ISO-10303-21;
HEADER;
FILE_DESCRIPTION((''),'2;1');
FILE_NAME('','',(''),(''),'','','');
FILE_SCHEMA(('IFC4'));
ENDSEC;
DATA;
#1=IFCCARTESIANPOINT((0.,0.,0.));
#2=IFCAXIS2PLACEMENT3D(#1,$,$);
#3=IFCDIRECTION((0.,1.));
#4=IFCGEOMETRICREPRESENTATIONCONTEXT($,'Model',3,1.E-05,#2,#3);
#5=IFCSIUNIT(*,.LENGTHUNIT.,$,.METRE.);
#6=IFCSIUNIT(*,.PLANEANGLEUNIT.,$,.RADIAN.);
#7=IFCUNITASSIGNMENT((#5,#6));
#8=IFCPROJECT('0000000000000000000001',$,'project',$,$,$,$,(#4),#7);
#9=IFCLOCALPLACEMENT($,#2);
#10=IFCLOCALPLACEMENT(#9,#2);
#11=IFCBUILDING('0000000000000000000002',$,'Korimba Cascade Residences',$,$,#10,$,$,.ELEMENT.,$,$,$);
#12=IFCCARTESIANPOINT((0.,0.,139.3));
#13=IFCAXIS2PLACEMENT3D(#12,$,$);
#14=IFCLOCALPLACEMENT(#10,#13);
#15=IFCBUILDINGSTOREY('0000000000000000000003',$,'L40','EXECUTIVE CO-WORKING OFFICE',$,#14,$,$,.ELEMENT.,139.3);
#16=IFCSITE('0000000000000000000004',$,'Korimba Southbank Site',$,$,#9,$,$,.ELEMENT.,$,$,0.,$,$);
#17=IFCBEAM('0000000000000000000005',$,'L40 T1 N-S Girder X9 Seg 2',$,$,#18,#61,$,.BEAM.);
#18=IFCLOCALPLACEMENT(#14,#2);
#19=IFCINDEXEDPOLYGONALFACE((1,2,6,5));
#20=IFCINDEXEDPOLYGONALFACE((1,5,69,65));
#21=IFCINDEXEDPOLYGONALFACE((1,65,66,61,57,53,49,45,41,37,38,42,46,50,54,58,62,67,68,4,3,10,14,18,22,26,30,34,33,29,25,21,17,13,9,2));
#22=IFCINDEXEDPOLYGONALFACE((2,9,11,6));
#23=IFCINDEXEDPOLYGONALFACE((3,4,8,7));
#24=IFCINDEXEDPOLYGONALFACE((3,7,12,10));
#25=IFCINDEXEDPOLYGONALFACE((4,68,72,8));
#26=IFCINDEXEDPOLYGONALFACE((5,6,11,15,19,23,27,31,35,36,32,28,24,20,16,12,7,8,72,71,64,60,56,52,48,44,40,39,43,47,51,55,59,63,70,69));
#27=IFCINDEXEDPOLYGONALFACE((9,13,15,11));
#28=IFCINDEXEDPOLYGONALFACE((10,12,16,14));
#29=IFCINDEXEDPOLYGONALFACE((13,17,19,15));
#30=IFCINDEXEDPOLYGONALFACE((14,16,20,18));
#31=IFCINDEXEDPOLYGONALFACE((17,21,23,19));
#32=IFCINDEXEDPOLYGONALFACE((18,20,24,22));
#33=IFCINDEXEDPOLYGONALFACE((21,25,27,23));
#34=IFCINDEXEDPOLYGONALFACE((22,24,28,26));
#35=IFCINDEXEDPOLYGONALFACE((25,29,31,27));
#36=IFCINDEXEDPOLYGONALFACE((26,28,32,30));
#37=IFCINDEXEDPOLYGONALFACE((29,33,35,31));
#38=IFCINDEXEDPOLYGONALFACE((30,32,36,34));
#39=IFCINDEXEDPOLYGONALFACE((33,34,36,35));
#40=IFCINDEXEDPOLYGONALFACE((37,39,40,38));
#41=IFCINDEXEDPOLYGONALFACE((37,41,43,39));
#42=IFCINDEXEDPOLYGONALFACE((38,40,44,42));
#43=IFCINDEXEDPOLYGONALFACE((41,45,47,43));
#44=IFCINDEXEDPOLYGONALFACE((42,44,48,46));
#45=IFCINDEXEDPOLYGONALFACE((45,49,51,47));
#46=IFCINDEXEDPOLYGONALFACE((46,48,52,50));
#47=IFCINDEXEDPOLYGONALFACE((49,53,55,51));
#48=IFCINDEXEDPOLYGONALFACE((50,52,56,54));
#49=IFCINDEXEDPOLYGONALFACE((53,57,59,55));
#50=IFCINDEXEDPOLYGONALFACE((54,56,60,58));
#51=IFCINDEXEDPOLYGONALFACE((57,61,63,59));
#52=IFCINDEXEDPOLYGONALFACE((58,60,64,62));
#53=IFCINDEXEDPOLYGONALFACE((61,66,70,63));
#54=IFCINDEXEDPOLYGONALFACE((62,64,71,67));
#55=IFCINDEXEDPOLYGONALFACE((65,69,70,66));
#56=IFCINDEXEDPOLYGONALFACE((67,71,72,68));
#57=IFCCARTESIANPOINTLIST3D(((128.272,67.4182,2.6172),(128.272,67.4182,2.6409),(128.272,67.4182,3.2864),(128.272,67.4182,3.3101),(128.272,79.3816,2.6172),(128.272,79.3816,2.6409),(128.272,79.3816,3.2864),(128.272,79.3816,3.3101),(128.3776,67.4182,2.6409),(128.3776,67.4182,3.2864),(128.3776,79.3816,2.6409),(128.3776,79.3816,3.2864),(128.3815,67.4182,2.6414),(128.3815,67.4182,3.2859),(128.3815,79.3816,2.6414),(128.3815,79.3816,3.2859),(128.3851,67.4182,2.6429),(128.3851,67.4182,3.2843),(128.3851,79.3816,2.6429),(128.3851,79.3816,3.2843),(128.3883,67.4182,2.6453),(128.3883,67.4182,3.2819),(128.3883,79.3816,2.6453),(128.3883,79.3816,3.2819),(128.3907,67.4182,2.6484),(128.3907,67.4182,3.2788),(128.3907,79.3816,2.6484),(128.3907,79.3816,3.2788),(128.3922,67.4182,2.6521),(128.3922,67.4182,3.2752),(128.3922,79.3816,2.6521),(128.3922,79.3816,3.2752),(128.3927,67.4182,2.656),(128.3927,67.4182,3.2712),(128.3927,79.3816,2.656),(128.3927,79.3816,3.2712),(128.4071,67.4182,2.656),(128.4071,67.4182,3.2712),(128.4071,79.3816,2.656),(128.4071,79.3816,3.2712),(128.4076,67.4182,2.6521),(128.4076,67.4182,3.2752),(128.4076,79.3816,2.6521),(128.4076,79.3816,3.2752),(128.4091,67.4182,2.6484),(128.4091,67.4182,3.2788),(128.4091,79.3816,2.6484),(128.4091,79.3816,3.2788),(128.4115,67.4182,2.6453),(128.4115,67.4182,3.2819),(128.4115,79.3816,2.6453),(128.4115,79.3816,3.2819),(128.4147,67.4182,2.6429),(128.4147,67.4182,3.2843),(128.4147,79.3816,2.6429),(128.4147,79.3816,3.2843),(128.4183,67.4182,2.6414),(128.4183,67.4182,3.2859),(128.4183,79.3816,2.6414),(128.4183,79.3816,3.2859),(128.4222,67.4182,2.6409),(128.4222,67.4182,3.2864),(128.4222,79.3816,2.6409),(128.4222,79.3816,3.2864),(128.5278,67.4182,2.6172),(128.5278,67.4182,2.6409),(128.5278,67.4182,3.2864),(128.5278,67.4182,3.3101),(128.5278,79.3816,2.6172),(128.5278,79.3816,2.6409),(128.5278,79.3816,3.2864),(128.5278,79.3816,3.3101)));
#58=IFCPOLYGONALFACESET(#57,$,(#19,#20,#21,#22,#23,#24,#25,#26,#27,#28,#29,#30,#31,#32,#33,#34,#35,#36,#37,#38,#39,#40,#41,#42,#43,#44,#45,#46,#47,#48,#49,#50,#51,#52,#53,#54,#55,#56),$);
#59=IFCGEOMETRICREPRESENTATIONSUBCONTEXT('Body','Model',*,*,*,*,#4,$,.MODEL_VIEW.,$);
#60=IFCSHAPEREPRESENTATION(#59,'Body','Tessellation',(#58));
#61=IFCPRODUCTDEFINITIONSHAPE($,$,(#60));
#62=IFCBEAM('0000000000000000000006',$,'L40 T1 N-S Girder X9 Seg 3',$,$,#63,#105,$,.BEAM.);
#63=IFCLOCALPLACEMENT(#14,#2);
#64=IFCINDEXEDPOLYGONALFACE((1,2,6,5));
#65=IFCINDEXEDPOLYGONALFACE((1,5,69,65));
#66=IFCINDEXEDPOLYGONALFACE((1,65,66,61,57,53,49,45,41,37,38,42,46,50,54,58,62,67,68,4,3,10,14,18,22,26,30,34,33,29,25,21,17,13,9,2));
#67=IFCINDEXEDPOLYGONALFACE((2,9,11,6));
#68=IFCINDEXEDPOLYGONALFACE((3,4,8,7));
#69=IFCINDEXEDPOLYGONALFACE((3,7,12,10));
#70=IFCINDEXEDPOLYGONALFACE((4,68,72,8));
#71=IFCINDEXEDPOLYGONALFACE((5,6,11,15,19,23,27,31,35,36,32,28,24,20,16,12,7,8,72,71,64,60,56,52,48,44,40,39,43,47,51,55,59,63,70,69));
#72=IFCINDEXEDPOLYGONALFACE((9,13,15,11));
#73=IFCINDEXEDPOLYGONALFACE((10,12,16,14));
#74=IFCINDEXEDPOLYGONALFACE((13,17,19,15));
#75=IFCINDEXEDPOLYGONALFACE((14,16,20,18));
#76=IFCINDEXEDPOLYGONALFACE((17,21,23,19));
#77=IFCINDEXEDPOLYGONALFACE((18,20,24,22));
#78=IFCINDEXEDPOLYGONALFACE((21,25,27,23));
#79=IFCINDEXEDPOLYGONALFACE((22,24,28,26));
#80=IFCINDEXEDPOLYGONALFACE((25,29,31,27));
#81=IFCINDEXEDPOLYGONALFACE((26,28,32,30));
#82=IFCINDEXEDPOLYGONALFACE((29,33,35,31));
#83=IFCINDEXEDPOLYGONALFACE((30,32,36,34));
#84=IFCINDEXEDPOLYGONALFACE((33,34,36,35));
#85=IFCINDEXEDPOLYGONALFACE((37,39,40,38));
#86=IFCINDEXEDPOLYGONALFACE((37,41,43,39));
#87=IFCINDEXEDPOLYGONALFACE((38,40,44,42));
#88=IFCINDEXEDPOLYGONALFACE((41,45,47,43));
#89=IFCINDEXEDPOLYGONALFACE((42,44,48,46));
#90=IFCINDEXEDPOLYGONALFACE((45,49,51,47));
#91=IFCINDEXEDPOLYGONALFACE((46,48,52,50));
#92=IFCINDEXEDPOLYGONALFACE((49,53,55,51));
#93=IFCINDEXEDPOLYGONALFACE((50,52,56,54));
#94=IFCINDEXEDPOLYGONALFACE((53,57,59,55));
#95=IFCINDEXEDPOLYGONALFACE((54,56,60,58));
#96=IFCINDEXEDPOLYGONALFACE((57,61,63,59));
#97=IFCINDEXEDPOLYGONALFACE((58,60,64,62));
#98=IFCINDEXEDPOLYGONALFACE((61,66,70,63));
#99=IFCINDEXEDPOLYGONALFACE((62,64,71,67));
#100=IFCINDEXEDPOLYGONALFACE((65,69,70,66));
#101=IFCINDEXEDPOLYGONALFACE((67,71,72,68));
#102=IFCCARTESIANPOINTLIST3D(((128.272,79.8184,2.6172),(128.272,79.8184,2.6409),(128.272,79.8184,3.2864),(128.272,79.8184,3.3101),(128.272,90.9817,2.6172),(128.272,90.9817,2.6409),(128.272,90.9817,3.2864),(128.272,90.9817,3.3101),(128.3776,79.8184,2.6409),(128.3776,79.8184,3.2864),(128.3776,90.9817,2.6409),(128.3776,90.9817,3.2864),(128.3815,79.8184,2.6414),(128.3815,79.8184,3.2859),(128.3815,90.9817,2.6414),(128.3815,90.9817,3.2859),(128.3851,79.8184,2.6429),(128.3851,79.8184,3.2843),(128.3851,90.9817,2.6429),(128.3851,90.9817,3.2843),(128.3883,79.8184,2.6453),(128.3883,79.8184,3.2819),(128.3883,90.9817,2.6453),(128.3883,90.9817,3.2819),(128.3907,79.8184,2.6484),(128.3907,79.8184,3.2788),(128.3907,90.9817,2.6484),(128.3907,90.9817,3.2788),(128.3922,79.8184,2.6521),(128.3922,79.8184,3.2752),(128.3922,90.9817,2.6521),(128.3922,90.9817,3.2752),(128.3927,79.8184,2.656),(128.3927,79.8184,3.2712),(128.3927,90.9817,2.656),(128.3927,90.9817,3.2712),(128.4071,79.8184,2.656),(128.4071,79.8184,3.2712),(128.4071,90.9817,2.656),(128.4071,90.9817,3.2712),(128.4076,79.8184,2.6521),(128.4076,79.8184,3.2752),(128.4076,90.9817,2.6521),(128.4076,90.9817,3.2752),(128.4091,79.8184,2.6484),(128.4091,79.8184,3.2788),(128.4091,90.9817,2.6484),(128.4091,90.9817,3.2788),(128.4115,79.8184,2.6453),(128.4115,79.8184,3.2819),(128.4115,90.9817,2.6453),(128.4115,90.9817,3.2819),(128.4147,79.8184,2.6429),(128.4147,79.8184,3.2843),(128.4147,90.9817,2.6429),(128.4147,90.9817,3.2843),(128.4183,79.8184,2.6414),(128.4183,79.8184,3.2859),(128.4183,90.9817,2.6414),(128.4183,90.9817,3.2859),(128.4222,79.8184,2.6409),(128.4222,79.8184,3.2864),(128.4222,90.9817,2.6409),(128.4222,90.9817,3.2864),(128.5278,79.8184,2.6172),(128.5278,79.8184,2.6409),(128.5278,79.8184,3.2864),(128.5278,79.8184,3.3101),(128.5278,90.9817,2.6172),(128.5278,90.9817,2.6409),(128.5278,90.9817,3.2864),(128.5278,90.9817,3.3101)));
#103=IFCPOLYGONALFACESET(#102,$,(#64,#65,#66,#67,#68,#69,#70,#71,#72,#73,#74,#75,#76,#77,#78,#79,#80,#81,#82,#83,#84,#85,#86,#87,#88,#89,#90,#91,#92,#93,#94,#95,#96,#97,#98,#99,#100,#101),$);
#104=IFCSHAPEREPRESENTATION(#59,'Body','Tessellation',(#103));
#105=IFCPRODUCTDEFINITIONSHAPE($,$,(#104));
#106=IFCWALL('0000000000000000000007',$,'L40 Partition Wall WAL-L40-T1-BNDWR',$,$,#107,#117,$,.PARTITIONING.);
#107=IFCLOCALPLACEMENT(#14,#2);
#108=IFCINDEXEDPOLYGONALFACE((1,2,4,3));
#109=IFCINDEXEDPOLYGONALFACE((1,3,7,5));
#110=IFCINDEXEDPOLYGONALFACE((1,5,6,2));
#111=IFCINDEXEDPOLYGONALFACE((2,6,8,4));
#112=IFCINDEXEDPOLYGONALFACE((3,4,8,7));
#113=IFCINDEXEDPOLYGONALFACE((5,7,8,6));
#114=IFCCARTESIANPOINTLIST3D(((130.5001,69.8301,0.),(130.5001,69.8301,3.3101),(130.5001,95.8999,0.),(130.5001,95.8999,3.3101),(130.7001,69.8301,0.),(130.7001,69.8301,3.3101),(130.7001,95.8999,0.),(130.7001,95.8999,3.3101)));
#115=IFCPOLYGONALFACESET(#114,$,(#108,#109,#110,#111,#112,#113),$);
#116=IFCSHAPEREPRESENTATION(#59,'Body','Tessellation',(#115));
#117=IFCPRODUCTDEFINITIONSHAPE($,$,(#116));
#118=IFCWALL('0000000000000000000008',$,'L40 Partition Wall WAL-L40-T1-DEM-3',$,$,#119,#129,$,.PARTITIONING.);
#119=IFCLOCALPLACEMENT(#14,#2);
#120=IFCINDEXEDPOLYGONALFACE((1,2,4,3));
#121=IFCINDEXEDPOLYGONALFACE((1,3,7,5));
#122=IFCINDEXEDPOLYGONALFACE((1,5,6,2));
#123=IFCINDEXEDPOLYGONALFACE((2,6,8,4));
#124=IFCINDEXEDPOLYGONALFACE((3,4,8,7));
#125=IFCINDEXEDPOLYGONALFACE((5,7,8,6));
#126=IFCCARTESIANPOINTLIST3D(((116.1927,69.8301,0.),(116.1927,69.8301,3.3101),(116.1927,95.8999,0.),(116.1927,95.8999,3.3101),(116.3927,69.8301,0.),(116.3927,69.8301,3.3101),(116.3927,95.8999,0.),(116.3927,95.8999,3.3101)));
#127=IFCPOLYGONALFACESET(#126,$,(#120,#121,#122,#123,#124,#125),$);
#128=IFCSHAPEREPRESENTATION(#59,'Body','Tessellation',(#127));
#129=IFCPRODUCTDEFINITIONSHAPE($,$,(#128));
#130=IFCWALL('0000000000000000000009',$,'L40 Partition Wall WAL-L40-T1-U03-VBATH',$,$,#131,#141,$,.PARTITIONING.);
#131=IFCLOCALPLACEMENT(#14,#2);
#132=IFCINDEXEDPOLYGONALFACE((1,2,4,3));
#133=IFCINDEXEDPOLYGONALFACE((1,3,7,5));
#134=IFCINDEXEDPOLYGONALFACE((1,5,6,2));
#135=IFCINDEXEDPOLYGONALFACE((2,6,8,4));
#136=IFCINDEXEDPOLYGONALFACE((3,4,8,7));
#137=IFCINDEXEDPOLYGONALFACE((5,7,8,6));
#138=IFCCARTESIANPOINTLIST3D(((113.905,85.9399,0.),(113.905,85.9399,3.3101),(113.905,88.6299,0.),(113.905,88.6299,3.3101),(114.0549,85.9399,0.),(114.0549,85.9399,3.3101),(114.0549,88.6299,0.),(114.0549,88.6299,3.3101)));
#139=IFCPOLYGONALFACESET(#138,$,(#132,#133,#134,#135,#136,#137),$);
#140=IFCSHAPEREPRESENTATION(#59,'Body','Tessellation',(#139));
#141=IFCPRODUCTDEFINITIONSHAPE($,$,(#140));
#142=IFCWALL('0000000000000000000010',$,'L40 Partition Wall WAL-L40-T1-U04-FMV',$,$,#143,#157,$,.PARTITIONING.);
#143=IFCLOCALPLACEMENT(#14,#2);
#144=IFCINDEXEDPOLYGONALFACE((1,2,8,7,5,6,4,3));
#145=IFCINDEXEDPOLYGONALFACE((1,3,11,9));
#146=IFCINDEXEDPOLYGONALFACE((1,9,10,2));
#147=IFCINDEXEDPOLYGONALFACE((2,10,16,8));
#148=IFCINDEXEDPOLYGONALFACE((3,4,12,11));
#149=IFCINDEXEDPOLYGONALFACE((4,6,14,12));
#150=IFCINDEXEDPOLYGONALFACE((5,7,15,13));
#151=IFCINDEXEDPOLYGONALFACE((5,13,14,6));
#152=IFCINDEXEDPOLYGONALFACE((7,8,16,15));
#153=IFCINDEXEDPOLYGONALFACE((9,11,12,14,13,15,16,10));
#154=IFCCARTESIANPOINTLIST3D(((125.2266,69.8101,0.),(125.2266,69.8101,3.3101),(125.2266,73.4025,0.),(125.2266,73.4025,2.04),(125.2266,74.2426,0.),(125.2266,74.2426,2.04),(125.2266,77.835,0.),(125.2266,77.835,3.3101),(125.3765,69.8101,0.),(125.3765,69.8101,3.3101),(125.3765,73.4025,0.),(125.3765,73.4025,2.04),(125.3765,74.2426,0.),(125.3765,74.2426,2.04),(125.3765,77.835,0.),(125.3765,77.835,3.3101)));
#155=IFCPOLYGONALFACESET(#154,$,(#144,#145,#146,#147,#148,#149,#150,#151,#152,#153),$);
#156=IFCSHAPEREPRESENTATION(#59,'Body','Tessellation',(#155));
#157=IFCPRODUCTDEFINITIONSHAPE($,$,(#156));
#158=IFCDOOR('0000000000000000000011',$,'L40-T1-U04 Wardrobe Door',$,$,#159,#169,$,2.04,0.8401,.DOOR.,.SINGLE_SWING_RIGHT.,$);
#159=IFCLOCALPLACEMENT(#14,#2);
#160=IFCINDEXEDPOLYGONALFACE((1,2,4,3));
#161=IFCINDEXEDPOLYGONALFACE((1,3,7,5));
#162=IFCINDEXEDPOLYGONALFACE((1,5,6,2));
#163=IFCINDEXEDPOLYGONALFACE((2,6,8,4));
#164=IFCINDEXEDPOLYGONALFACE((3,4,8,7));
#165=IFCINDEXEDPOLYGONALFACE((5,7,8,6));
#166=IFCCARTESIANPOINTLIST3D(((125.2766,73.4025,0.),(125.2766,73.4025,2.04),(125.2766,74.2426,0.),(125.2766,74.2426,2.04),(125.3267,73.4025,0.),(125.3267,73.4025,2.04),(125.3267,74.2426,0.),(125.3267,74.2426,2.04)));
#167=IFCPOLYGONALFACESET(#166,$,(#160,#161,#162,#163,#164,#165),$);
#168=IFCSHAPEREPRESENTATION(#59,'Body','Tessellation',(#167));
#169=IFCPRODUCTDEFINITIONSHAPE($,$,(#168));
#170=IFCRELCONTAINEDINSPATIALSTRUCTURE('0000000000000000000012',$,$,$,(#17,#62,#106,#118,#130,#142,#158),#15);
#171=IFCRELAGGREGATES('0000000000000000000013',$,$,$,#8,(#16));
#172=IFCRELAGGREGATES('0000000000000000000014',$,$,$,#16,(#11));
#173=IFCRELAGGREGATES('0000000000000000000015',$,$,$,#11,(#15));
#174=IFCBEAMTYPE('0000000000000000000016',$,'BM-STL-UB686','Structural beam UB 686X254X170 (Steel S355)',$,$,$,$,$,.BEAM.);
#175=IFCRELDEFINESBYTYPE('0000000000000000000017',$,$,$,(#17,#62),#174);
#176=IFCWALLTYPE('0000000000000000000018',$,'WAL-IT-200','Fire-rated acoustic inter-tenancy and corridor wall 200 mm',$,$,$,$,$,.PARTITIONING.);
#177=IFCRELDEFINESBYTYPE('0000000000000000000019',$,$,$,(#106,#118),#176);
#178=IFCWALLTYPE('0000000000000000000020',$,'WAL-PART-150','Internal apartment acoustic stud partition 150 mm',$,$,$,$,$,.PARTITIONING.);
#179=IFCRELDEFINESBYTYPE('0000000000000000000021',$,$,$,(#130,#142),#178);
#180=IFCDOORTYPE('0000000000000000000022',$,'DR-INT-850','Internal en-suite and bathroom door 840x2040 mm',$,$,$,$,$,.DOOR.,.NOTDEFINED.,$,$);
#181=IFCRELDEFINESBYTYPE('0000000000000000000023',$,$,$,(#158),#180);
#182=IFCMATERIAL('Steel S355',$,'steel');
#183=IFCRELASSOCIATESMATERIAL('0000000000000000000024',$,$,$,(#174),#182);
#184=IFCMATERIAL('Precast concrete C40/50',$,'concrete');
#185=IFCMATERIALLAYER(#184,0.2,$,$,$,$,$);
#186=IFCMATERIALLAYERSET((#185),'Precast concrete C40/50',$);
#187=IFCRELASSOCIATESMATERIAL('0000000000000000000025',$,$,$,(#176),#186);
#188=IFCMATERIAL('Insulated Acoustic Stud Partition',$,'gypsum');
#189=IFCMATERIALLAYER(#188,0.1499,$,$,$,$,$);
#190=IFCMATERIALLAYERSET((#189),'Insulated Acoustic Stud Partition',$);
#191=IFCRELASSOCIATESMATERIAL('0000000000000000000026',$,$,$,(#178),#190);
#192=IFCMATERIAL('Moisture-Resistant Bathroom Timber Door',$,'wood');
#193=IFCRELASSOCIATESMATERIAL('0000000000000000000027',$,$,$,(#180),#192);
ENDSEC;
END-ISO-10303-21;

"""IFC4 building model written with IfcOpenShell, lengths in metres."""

from ifc_helpers import new_model, si_unit, direction, frame, frame_2d, origin, origin_2d, place, context, subcontext, project, spatial, rectangle, i_section, extrude, material, layer, layer_set, material_profile, profile_set, type_object, element, fill, save


model = new_model("IFC4")

# Units and contexts
model_context = context("Model", 3, precision=1e-05, world=origin(), true_north=direction((0.0, 1.0)))
body_context = subcontext(model_context, "Body", "Model", "MODEL_VIEW")
ifc_project = project(units=[si_unit("LENGTHUNIT", "METRE"), si_unit("PLANEANGLEUNIT", "RADIAN")], contexts=[model_context])

# Site, building, storey
site_placement = place(None, origin())
site = spatial("IfcSite", under=ifc_project, at=site_placement, Name="Korimba Southbank Site", CompositionType="ELEMENT", RefElevation=0.0)
building_placement = place(site_placement, origin())
building = spatial("IfcBuilding", under=site, at=building_placement, Name="Korimba Cascade Residences", CompositionType="ELEMENT")
storey_placement = place(building_placement, frame((0.0, 0.0, 139.3)))
storey = spatial("IfcBuildingStorey", under=building, at=storey_placement, Name="L40", Description="EXECUTIVE CO-WORKING OFFICE", CompositionType="ELEMENT", Elevation=139.3)

# Beams
ifc_material_1 = material(Name="Steel S355", Category="steel")
ifc_material_profile_1 = material_profile(ifc_material_1, i_section(OverallWidth=0.2559, OverallDepth=0.6929, WebThickness=0.0144, FlangeThickness=0.0237, FilletRadius=0.0151, at=origin_2d()), Name="Steel S355")
ifc_profile_set_1 = profile_set([ifc_material_profile_1], Name="Steel S355")
beam_type_1 = type_object("IfcBeamType", Name="BM-STL-UB686", Description="Structural beam UB 686X254X170 (Steel S355)", PredefinedType="BEAM", material=ifc_profile_set_1)
beam_1_placement = place(storey_placement, frame((128.3999, 67.4182, 2.9636), z_axis=(0.0, 1.0, 0.0), x_axis=(-1.0, 0.0, 0.0)))
element("IfcBeam", 1, at=beam_1_placement, inside=storey, type_object=beam_type_1, Name="L40 T1 N-S Girder X9 Seg 2", PredefinedType="BEAM", context=body_context, shape_type="SweptSolid", body=[
    extrude(i_section(OverallWidth=0.2559, OverallDepth=0.6929, WebThickness=0.0144, FlangeThickness=0.0237, FilletRadius=0.0151, at=origin_2d()), origin(), (0.0, 0.0, 1.0), 11.9634),
])
beam_2_placement = place(storey_placement, frame((128.3999, 79.8184, 2.9636), z_axis=(0.0, 1.0, 0.0), x_axis=(-1.0, 0.0, 0.0)))
element("IfcBeam", 2, at=beam_2_placement, inside=storey, type_object=beam_type_1, Name="L40 T1 N-S Girder X9 Seg 3", PredefinedType="BEAM", context=body_context, shape_type="SweptSolid", body=[
    extrude(i_section(OverallWidth=0.2559, OverallDepth=0.6929, WebThickness=0.0144, FlangeThickness=0.0237, FilletRadius=0.0151, at=origin_2d()), origin(), (0.0, 0.0, 1.0), 11.1633),
])

# Walls
ifc_material_2 = material(Name="Precast concrete C40/50", Category="concrete")
ifc_layer_1 = layer(ifc_material_2, 0.2)
ifc_layer_set_1 = layer_set([ifc_layer_1], Name="Precast concrete C40/50")
wall_type_1 = type_object("IfcWallType", Name="WAL-IT-200", Description="Fire-rated acoustic inter-tenancy and corridor wall 200 mm", PredefinedType="PARTITIONING", material=ifc_layer_set_1)
for number, where, z_axis, x_axis, name in (
    (3, (130.6001, 69.8301, 0.0), (0.0, 0.0, 1.0), (0.0, 1.0, 0.0), "L40 Partition Wall WAL-L40-T1-BNDWR"),
    (4, (116.2927, 69.8301, 0.0), (0.0, 0.0, 1.0), (0.0, 1.0, 0.0), "L40 Partition Wall WAL-L40-T1-DEM-3"),
):
    element("IfcWall", number, at=place(storey_placement, frame(where, z_axis=z_axis, x_axis=x_axis)), inside=storey, type_object=wall_type_1, Name=name, PredefinedType="PARTITIONING", context=body_context, shape_type="SweptSolid", body=[
        extrude(rectangle(XDim=26.0698, YDim=0.2, at=frame_2d((13.0349, 0.0))), origin(), (0.0, 0.0, 1.0), 3.3101),
    ])
ifc_material_3 = material(Name="Insulated Acoustic Stud Partition", Category="gypsum")
ifc_layer_2 = layer(ifc_material_3, 0.1499)
ifc_layer_set_2 = layer_set([ifc_layer_2], Name="Insulated Acoustic Stud Partition")
wall_type_2 = type_object("IfcWallType", Name="WAL-PART-150", Description="Internal apartment acoustic stud partition 150 mm", PredefinedType="PARTITIONING", material=ifc_layer_set_2)
wall_1_placement = place(storey_placement, frame((113.98, 85.9399, 0.0), z_axis=(0.0, 0.0, 1.0), x_axis=(0.0, 1.0, 0.0)))
element("IfcWall", 5, at=wall_1_placement, inside=storey, type_object=wall_type_2, Name="L40 Partition Wall WAL-L40-T1-U03-VBATH", PredefinedType="PARTITIONING", context=body_context, shape_type="SweptSolid", body=[
    extrude(rectangle(XDim=2.6899, YDim=0.1499, at=frame_2d((1.345, 0.0))), origin(), (0.0, 0.0, 1.0), 3.3101),
])

# Wall, opening, door
wall_2_placement = place(storey_placement, frame((125.3015, 69.8101, 0.0), z_axis=(0.0, 0.0, 1.0), x_axis=(0.0, 1.0, 0.0)))
wall_2 = element("IfcWall", 6, at=wall_2_placement, inside=storey, type_object=wall_type_2, Name="L40 Partition Wall WAL-L40-T1-U04-FMV", PredefinedType="PARTITIONING", context=body_context, shape_type="SweptSolid", body=[
    extrude(rectangle(XDim=8.0249, YDim=0.1499, at=frame_2d((4.0125, 0.0))), origin(), (0.0, 0.0, 1.0), 3.3101),
])
opening_1_placement = place(wall_2_placement, frame((3.5925, 0.0, 0.0)))
opening_1 = element("IfcOpeningElement", 7, at=opening_1_placement, cuts=wall_2, PredefinedType="OPENING", context=body_context, shape_type="SweptSolid", body=[
    extrude(rectangle(XDim=0.8401, YDim=2.04, at=frame_2d((0.4199, 1.02))), frame((0.0, 0.085, 0.0), z_axis=(0.0, -1.0, 0.0), x_axis=(1.0, 0.0, 0.0)), (0.0, 0.0, 1.0), 0.1699),
])
ifc_material_4 = material(Name="Moisture-Resistant Bathroom Timber Door", Category="wood")
door_type_1 = type_object("IfcDoorType", Name="DR-INT-850", Description="Internal en-suite and bathroom door 840x2040 mm", OperationType="NOTDEFINED", PredefinedType="DOOR", material=ifc_material_4)
door_1_placement = place(opening_1_placement, origin())
door_1 = element("IfcDoor", 8, at=door_1_placement, inside=storey, type_object=door_type_1, Name="L40-T1-U04 Wardrobe Door", OperationType="SINGLE_SWING_RIGHT", OverallHeight=2.04, OverallWidth=0.8401, PredefinedType="DOOR", context=body_context, shape_type="SweptSolid", body=[
    extrude(rectangle(XDim=0.8401, YDim=2.04, at=frame_2d((0.4199, 1.02))), frame((0.0, 0.0249, 0.0), z_axis=(0.0, -1.0, 0.0), x_axis=(1.0, 0.0, 0.0)), (0.0, 0.0, 1.0), 0.05),
])
fill(opening_1, door_1)

save(model, "model.ifc")
